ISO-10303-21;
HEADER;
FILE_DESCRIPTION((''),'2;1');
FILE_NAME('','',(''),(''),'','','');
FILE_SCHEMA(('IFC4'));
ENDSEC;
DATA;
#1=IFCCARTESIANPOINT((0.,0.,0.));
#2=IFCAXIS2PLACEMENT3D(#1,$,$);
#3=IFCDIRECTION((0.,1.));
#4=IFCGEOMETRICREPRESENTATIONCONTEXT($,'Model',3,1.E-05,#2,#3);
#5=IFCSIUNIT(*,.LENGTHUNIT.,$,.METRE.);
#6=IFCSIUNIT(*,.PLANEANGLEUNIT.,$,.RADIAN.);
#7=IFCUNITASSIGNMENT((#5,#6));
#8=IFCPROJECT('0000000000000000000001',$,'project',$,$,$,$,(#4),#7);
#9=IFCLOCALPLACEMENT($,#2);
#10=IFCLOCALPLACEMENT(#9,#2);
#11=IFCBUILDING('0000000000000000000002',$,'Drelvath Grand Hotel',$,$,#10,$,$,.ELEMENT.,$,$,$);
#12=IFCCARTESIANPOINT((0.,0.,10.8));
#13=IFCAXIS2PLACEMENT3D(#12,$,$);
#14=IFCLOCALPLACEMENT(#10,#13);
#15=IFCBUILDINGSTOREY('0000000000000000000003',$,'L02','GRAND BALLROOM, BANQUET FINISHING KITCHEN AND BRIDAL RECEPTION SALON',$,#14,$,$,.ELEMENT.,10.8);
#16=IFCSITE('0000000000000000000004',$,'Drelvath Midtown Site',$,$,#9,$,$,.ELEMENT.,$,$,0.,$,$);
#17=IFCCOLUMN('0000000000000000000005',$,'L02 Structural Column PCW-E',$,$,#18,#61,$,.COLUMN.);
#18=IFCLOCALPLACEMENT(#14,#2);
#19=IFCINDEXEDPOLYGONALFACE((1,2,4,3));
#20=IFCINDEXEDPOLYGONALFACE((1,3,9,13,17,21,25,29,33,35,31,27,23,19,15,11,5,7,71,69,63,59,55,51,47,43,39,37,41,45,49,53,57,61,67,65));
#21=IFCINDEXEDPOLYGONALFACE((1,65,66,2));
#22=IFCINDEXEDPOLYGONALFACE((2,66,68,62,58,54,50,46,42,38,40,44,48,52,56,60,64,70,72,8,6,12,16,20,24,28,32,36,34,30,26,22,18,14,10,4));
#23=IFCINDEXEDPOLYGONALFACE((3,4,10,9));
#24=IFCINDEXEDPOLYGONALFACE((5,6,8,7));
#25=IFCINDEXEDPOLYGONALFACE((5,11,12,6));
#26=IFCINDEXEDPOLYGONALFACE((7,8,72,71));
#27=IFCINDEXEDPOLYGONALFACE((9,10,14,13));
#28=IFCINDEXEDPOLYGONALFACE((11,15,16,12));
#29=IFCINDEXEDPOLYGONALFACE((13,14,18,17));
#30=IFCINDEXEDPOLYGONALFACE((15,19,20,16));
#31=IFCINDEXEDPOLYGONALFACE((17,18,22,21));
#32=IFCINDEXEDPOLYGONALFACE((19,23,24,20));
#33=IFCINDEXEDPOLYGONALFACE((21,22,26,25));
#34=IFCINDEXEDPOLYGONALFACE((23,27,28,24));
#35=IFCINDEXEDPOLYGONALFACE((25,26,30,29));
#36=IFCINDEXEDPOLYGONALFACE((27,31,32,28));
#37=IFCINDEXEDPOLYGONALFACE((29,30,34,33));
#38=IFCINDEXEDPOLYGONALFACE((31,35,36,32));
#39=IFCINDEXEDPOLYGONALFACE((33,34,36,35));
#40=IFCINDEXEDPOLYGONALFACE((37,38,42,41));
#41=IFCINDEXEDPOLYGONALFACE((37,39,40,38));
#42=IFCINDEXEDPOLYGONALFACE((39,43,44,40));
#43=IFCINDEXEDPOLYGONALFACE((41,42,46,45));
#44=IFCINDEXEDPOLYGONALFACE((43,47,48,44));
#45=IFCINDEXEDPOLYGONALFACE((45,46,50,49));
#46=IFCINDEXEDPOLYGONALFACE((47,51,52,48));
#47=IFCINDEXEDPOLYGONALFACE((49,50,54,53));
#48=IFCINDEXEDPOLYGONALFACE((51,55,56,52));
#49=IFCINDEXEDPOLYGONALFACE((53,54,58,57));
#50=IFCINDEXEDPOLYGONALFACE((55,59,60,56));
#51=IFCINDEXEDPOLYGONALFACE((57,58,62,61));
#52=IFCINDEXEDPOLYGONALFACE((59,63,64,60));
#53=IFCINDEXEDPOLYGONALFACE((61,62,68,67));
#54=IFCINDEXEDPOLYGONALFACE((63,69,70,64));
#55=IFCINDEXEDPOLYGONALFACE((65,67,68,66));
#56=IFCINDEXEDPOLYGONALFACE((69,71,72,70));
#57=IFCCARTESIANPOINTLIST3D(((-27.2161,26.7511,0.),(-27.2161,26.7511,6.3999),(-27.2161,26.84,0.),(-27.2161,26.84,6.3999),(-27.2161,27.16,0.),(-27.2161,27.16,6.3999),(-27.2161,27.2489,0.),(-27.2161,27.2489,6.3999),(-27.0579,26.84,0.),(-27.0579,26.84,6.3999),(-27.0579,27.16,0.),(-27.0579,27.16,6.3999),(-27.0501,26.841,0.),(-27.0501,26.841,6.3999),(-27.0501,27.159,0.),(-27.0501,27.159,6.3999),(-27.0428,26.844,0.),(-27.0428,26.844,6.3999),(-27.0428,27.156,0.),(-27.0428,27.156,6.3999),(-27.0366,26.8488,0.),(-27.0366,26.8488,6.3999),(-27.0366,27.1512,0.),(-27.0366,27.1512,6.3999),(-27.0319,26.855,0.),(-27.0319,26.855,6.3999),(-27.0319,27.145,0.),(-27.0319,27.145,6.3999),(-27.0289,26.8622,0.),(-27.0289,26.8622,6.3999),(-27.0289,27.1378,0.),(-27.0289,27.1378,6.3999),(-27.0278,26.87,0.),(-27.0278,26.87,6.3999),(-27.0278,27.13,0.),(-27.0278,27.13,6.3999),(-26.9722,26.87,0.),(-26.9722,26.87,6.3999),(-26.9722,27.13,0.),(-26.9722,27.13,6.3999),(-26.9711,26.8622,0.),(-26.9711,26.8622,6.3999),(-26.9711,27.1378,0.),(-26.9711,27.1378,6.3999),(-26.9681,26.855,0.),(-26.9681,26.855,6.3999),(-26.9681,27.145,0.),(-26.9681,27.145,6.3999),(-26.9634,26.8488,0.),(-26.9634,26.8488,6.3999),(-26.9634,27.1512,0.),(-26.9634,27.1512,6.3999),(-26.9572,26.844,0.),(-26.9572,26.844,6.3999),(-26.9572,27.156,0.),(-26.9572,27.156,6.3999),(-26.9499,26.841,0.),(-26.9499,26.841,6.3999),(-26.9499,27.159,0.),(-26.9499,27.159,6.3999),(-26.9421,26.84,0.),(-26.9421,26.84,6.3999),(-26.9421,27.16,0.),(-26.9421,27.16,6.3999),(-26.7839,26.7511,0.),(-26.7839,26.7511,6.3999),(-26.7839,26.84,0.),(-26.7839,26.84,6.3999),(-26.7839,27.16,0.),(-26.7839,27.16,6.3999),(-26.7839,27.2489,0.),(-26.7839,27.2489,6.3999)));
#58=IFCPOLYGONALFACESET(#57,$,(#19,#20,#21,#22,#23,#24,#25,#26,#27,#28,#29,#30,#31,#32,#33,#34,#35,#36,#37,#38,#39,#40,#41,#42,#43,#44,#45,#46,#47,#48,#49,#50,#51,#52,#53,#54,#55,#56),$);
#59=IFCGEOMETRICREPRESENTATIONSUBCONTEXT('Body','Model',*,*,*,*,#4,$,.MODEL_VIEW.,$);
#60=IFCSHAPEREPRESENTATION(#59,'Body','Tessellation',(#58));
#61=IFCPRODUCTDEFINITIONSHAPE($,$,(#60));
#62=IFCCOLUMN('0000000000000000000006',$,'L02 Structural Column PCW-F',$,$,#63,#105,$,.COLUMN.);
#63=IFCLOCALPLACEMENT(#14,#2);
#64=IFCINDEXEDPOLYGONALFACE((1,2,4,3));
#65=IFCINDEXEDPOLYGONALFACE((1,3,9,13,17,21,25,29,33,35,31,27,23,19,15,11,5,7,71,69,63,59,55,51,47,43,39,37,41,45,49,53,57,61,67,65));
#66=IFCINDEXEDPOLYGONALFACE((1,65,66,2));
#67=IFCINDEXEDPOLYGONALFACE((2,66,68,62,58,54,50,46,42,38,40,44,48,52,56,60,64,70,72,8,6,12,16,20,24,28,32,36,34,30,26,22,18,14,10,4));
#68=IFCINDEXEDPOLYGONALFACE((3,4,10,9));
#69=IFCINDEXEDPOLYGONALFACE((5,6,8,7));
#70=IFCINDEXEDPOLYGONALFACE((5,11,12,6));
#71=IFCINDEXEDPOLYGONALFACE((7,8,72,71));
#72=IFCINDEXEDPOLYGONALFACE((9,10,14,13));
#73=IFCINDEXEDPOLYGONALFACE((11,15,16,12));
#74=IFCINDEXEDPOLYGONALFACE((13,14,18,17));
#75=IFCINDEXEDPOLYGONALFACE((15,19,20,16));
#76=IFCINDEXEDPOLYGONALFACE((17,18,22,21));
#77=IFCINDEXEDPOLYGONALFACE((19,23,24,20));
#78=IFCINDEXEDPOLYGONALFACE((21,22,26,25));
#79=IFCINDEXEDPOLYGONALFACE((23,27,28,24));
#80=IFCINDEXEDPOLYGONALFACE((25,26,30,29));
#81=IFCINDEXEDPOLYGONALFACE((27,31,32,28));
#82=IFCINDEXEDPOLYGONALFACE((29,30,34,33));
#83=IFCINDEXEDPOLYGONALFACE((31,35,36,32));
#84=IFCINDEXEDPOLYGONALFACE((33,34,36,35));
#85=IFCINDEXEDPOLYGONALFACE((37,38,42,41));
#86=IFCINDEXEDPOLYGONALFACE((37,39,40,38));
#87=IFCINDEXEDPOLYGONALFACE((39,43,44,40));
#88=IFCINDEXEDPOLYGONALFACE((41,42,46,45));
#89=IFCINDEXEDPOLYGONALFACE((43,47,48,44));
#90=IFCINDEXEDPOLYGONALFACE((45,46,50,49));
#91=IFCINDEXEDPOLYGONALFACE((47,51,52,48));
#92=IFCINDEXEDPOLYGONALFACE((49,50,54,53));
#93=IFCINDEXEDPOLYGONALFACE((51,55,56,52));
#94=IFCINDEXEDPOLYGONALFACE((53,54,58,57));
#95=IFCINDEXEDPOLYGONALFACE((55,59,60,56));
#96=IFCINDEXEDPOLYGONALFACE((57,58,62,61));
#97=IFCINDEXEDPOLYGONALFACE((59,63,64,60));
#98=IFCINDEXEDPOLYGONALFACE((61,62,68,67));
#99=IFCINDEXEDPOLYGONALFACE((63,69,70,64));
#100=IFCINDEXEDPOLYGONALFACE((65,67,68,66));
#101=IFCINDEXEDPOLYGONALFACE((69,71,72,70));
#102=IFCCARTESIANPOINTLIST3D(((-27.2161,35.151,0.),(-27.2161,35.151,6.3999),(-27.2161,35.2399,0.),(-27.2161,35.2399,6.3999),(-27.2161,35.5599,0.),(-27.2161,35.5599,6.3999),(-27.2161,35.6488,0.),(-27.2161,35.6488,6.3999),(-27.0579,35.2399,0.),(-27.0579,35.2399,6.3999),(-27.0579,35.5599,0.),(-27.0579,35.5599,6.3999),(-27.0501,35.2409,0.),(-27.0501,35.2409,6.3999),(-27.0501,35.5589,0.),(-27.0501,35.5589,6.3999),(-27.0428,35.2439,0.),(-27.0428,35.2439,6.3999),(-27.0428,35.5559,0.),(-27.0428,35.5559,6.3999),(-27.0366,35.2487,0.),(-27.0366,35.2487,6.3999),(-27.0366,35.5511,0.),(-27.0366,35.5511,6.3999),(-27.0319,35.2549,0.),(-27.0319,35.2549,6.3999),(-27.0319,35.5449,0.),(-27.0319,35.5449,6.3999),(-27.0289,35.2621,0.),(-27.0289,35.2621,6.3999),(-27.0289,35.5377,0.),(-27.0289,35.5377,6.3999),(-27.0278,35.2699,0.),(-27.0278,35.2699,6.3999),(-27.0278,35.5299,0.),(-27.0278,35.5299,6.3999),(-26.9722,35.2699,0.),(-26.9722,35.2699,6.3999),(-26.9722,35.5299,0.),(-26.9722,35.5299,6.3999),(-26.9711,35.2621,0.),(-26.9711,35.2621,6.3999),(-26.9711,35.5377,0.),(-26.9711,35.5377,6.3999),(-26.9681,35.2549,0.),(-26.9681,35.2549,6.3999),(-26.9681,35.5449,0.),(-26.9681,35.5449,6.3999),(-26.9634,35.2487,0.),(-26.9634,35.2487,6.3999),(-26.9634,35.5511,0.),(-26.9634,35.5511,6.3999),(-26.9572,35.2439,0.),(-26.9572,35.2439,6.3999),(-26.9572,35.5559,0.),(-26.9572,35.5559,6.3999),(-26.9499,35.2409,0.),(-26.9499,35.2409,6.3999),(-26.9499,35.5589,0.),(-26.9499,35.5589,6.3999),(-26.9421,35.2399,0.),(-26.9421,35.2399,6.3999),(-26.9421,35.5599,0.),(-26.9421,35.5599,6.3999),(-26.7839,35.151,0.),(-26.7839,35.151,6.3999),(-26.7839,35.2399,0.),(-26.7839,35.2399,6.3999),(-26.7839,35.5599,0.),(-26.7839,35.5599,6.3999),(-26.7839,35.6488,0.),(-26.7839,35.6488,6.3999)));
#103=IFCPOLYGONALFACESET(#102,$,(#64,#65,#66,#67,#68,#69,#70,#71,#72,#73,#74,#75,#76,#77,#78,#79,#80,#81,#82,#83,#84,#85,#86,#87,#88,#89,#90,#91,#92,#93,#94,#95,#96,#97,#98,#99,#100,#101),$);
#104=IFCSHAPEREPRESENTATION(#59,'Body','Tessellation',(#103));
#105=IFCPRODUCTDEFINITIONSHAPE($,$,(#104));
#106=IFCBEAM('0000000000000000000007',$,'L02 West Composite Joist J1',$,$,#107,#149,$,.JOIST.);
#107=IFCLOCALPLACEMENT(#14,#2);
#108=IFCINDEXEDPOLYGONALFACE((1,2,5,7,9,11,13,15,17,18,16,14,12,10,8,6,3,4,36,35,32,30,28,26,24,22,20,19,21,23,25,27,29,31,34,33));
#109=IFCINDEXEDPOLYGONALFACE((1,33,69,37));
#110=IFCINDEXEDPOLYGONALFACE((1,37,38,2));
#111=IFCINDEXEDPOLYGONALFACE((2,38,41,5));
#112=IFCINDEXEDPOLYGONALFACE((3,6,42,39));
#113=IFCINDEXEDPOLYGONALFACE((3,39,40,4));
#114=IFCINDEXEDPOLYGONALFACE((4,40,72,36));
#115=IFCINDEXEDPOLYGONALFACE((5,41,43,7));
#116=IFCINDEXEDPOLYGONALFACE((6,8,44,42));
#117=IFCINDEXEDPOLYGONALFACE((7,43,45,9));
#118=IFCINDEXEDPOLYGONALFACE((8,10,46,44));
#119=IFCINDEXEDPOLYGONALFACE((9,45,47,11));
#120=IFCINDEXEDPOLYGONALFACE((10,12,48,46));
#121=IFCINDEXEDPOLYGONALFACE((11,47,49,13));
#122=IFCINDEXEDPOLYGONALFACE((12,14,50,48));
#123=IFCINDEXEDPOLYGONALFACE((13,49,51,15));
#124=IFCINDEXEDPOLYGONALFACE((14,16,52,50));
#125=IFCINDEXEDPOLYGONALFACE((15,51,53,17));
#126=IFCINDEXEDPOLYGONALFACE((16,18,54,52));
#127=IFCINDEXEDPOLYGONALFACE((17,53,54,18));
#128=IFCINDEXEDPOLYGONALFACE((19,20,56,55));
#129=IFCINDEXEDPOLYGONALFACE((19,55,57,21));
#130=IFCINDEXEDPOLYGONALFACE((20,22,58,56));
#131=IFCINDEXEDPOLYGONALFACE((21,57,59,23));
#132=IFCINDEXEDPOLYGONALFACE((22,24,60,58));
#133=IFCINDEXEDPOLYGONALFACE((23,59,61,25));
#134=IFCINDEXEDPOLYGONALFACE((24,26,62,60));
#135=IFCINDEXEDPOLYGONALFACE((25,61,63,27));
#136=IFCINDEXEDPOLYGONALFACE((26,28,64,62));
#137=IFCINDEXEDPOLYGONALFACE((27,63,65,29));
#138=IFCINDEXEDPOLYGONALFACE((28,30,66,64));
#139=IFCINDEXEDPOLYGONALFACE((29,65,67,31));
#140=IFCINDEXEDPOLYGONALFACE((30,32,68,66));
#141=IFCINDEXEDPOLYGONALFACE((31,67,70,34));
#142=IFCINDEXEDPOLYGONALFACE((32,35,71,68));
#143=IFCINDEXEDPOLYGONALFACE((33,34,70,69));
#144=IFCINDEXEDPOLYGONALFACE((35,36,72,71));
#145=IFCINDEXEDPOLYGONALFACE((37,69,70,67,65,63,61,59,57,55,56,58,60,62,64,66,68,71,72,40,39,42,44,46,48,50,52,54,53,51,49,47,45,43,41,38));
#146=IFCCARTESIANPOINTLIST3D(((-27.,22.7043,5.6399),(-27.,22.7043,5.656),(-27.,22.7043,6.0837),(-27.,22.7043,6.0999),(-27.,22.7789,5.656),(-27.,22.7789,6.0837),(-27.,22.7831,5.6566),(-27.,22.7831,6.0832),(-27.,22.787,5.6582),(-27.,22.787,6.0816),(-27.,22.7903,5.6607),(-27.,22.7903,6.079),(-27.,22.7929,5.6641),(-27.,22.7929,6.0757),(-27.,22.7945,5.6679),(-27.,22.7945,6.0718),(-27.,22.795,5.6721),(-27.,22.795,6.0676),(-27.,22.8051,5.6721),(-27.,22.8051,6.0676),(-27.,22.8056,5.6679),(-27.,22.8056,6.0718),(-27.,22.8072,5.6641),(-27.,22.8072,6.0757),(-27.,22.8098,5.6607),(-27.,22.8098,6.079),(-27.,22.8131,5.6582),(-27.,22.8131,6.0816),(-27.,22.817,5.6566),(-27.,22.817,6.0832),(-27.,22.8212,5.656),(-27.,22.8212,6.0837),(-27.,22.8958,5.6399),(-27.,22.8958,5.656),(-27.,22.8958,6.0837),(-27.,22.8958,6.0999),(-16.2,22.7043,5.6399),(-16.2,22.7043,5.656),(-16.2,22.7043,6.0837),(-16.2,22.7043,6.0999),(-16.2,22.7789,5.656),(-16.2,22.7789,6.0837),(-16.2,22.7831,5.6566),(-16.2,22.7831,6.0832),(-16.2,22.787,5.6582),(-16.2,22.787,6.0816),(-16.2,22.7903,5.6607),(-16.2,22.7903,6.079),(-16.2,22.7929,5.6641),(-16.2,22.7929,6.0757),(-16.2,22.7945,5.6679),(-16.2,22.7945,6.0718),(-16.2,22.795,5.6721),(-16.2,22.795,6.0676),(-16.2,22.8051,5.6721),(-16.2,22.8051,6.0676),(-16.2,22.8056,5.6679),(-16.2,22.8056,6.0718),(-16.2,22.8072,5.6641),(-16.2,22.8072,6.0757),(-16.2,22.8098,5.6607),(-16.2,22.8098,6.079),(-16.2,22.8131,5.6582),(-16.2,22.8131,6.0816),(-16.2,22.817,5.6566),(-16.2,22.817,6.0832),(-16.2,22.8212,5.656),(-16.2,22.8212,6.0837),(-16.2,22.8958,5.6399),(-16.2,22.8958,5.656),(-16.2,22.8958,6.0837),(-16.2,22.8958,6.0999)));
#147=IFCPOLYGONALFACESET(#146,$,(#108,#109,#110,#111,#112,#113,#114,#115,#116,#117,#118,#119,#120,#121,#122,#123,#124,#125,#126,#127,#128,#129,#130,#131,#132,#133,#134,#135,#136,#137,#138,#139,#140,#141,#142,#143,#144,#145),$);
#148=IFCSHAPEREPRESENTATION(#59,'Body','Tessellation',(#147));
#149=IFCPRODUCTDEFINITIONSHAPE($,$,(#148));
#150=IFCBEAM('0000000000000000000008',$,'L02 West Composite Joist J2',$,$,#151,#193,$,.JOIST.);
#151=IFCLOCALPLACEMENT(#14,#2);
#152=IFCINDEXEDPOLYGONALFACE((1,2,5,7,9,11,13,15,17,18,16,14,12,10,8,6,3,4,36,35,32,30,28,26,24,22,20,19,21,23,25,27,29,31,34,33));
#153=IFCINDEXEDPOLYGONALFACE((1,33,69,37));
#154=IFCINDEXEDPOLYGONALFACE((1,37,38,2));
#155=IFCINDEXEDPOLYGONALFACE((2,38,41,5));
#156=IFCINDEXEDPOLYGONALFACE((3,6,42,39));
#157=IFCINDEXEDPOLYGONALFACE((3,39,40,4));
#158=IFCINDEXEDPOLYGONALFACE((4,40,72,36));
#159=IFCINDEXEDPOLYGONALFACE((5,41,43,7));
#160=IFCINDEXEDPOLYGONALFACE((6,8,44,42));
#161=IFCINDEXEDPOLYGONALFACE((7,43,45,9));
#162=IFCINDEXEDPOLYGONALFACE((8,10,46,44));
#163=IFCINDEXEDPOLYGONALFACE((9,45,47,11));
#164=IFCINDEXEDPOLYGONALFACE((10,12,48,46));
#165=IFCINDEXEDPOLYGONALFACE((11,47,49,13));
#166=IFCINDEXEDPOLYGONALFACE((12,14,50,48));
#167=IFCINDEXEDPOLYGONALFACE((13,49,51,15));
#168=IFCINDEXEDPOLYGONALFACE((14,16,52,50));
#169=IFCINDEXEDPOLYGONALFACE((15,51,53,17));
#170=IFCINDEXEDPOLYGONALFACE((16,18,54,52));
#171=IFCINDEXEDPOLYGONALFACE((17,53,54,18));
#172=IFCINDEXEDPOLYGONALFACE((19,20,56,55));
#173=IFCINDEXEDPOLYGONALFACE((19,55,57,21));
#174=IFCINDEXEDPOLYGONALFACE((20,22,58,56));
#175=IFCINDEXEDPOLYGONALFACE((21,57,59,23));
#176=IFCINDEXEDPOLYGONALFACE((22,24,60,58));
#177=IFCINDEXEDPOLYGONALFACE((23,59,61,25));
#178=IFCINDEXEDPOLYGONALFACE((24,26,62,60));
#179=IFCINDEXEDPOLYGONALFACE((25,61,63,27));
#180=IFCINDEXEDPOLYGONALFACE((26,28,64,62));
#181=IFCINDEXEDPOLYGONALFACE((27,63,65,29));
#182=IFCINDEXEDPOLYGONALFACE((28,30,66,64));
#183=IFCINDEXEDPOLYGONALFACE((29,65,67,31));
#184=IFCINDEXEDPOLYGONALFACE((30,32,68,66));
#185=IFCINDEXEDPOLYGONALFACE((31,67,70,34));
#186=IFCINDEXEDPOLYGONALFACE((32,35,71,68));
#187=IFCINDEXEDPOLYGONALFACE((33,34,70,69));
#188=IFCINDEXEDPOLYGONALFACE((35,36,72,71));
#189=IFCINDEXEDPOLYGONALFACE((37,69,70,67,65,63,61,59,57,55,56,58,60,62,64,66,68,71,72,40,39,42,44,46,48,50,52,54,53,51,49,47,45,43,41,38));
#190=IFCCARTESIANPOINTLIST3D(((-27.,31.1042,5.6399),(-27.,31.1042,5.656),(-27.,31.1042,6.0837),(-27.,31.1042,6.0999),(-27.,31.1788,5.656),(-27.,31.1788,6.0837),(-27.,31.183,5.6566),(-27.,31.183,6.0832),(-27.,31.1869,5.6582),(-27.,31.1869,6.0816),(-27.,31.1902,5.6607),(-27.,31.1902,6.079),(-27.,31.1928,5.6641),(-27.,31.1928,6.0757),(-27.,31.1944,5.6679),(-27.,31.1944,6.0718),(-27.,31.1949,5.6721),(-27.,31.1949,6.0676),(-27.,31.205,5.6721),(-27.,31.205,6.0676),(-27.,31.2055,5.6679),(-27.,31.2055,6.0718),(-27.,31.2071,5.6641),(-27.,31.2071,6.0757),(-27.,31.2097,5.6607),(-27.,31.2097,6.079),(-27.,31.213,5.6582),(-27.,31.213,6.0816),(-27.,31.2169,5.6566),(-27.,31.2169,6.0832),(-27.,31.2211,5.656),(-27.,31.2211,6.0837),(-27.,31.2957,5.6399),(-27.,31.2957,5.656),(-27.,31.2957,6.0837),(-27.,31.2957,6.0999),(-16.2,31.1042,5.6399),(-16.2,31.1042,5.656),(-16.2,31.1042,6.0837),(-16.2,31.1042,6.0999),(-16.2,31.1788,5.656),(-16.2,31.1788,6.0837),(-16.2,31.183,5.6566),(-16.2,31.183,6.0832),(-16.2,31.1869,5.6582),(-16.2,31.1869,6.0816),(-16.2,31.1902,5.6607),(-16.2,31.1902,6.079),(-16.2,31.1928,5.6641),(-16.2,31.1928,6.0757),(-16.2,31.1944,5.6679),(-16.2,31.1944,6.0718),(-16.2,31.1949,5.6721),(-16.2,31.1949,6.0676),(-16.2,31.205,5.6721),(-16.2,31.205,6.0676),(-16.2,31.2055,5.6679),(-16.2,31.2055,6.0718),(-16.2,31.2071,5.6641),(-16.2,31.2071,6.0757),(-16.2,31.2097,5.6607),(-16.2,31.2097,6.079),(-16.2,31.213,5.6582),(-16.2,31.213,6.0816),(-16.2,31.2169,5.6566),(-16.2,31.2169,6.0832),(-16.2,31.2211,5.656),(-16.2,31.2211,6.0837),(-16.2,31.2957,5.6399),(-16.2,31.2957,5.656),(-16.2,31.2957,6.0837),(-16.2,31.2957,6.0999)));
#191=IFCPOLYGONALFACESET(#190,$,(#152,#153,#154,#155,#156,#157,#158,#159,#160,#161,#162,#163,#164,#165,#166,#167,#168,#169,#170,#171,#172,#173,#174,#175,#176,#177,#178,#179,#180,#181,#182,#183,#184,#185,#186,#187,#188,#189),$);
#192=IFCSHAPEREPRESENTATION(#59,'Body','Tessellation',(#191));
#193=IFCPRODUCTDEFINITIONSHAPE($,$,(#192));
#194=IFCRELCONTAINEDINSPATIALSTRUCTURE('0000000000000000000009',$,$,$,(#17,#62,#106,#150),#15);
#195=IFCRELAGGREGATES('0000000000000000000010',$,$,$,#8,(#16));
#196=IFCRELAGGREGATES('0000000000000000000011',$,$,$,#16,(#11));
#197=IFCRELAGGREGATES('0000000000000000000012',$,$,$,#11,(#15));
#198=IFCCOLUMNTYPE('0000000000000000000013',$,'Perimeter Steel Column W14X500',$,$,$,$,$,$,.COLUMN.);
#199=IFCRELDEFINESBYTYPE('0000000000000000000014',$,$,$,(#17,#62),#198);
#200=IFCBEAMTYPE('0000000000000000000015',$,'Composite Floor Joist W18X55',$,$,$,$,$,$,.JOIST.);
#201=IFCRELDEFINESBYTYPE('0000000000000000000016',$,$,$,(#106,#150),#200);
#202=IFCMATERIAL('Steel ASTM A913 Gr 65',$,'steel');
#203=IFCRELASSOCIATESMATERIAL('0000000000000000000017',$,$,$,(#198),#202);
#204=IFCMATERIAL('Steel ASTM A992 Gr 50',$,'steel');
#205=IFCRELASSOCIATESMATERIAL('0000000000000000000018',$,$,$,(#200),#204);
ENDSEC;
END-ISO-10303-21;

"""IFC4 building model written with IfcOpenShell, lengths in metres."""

from ifc_helpers import new_model, si_unit, direction, frame, origin, origin_2d, place, context, subcontext, project, spatial, i_section, extrude, material, material_profile, profile_set, type_object, element, save


model = new_model("IFC4")

# Units and contexts
model_context = context("Model", 3, precision=1e-05, world=origin(), true_north=direction((0.0, 1.0)))
body_context = subcontext(model_context, "Body", "Model", "MODEL_VIEW")
ifc_project = project(units=[si_unit("LENGTHUNIT", "METRE"), si_unit("PLANEANGLEUNIT", "RADIAN")], contexts=[model_context])

# Site, building, storey
site_placement = place(None, origin())
site = spatial("IfcSite", under=ifc_project, at=site_placement, Name="Drelvath Midtown Site", CompositionType="ELEMENT", RefElevation=0.0)
building_placement = place(site_placement, origin())
building = spatial("IfcBuilding", under=site, at=building_placement, Name="Drelvath Grand Hotel", CompositionType="ELEMENT")
storey_placement = place(building_placement, frame((0.0, 0.0, 10.8)))
storey = spatial("IfcBuildingStorey", under=building, at=storey_placement, Name="L02", Description="GRAND BALLROOM, BANQUET FINISHING KITCHEN AND BRIDAL RECEPTION SALON", CompositionType="ELEMENT", Elevation=10.8)

# Columns
ifc_material_1 = material(Name="Steel ASTM A913 Gr 65", Category="steel")
ifc_material_profile_1 = material_profile(ifc_material_1, i_section(OverallWidth=0.4321, OverallDepth=0.4978, WebThickness=0.0557, FlangeThickness=0.0889, FilletRadius=0.03, at=origin_2d()), Name="W14X500")
ifc_profile_set_1 = profile_set([ifc_material_profile_1], Name="Steel ASTM A913 Gr 65")
column_type = type_object("IfcColumnType", Name="Perimeter Steel Column W14X500", PredefinedType="COLUMN", material=ifc_profile_set_1)
for number, where, z_axis, x_axis, name in (
    (1, (-27.0, 27.0, 0.0), (0.0, 0.0, 1.0), (1.0, 0.0, 0.0), "L02 Structural Column PCW-E"),
    (2, (-27.0, 35.3999, 0.0), (0.0, 0.0, 1.0), (1.0, 0.0, 0.0), "L02 Structural Column PCW-F"),
):
    element("IfcColumn", number, at=place(storey_placement, frame(where, z_axis=z_axis, x_axis=x_axis)), inside=storey, type_object=column_type, Name=name, PredefinedType="COLUMN", context=body_context, shape_type="SweptSolid", body=[
        extrude(i_section(OverallWidth=0.4321, OverallDepth=0.4978, WebThickness=0.0557, FlangeThickness=0.0889, FilletRadius=0.03, at=origin_2d()), origin(), (0.0, 0.0, 1.0), 6.3999),
    ])

# Beams
ifc_material_2 = material(Name="Steel ASTM A992 Gr 50", Category="steel")
ifc_material_profile_2 = material_profile(ifc_material_2, i_section(OverallWidth=0.1914, OverallDepth=0.46, WebThickness=0.01, FlangeThickness=0.0161, FilletRadius=0.0161, at=origin_2d()), Name="W18X55")
ifc_profile_set_2 = profile_set([ifc_material_profile_2], Name="Steel ASTM A992 Gr 50")
beam_type_1 = type_object("IfcBeamType", Name="Composite Floor Joist W18X55", PredefinedType="JOIST", material=ifc_profile_set_2)
for number, where, z_axis, x_axis, name in (
    (3, (-27.0, 22.8, 5.8699), (1.0, 0.0, 0.0), (0.0, 1.0, 0.0), "L02 West Composite Joist J1"),
    (4, (-27.0, 31.2, 5.8699), (1.0, 0.0, 0.0), (0.0, 1.0, 0.0), "L02 West Composite Joist J2"),
):
    element("IfcBeam", number, at=place(storey_placement, frame(where, z_axis=z_axis, x_axis=x_axis)), inside=storey, type_object=beam_type_1, Name=name, PredefinedType="JOIST", context=body_context, shape_type="SweptSolid", body=[
        extrude(i_section(OverallWidth=0.1914, OverallDepth=0.46, WebThickness=0.01, FlangeThickness=0.0161, FilletRadius=0.0161, at=origin_2d()), origin(), (0.0, 0.0, 1.0), 10.8),
    ])

save(model, "model.ifc")
